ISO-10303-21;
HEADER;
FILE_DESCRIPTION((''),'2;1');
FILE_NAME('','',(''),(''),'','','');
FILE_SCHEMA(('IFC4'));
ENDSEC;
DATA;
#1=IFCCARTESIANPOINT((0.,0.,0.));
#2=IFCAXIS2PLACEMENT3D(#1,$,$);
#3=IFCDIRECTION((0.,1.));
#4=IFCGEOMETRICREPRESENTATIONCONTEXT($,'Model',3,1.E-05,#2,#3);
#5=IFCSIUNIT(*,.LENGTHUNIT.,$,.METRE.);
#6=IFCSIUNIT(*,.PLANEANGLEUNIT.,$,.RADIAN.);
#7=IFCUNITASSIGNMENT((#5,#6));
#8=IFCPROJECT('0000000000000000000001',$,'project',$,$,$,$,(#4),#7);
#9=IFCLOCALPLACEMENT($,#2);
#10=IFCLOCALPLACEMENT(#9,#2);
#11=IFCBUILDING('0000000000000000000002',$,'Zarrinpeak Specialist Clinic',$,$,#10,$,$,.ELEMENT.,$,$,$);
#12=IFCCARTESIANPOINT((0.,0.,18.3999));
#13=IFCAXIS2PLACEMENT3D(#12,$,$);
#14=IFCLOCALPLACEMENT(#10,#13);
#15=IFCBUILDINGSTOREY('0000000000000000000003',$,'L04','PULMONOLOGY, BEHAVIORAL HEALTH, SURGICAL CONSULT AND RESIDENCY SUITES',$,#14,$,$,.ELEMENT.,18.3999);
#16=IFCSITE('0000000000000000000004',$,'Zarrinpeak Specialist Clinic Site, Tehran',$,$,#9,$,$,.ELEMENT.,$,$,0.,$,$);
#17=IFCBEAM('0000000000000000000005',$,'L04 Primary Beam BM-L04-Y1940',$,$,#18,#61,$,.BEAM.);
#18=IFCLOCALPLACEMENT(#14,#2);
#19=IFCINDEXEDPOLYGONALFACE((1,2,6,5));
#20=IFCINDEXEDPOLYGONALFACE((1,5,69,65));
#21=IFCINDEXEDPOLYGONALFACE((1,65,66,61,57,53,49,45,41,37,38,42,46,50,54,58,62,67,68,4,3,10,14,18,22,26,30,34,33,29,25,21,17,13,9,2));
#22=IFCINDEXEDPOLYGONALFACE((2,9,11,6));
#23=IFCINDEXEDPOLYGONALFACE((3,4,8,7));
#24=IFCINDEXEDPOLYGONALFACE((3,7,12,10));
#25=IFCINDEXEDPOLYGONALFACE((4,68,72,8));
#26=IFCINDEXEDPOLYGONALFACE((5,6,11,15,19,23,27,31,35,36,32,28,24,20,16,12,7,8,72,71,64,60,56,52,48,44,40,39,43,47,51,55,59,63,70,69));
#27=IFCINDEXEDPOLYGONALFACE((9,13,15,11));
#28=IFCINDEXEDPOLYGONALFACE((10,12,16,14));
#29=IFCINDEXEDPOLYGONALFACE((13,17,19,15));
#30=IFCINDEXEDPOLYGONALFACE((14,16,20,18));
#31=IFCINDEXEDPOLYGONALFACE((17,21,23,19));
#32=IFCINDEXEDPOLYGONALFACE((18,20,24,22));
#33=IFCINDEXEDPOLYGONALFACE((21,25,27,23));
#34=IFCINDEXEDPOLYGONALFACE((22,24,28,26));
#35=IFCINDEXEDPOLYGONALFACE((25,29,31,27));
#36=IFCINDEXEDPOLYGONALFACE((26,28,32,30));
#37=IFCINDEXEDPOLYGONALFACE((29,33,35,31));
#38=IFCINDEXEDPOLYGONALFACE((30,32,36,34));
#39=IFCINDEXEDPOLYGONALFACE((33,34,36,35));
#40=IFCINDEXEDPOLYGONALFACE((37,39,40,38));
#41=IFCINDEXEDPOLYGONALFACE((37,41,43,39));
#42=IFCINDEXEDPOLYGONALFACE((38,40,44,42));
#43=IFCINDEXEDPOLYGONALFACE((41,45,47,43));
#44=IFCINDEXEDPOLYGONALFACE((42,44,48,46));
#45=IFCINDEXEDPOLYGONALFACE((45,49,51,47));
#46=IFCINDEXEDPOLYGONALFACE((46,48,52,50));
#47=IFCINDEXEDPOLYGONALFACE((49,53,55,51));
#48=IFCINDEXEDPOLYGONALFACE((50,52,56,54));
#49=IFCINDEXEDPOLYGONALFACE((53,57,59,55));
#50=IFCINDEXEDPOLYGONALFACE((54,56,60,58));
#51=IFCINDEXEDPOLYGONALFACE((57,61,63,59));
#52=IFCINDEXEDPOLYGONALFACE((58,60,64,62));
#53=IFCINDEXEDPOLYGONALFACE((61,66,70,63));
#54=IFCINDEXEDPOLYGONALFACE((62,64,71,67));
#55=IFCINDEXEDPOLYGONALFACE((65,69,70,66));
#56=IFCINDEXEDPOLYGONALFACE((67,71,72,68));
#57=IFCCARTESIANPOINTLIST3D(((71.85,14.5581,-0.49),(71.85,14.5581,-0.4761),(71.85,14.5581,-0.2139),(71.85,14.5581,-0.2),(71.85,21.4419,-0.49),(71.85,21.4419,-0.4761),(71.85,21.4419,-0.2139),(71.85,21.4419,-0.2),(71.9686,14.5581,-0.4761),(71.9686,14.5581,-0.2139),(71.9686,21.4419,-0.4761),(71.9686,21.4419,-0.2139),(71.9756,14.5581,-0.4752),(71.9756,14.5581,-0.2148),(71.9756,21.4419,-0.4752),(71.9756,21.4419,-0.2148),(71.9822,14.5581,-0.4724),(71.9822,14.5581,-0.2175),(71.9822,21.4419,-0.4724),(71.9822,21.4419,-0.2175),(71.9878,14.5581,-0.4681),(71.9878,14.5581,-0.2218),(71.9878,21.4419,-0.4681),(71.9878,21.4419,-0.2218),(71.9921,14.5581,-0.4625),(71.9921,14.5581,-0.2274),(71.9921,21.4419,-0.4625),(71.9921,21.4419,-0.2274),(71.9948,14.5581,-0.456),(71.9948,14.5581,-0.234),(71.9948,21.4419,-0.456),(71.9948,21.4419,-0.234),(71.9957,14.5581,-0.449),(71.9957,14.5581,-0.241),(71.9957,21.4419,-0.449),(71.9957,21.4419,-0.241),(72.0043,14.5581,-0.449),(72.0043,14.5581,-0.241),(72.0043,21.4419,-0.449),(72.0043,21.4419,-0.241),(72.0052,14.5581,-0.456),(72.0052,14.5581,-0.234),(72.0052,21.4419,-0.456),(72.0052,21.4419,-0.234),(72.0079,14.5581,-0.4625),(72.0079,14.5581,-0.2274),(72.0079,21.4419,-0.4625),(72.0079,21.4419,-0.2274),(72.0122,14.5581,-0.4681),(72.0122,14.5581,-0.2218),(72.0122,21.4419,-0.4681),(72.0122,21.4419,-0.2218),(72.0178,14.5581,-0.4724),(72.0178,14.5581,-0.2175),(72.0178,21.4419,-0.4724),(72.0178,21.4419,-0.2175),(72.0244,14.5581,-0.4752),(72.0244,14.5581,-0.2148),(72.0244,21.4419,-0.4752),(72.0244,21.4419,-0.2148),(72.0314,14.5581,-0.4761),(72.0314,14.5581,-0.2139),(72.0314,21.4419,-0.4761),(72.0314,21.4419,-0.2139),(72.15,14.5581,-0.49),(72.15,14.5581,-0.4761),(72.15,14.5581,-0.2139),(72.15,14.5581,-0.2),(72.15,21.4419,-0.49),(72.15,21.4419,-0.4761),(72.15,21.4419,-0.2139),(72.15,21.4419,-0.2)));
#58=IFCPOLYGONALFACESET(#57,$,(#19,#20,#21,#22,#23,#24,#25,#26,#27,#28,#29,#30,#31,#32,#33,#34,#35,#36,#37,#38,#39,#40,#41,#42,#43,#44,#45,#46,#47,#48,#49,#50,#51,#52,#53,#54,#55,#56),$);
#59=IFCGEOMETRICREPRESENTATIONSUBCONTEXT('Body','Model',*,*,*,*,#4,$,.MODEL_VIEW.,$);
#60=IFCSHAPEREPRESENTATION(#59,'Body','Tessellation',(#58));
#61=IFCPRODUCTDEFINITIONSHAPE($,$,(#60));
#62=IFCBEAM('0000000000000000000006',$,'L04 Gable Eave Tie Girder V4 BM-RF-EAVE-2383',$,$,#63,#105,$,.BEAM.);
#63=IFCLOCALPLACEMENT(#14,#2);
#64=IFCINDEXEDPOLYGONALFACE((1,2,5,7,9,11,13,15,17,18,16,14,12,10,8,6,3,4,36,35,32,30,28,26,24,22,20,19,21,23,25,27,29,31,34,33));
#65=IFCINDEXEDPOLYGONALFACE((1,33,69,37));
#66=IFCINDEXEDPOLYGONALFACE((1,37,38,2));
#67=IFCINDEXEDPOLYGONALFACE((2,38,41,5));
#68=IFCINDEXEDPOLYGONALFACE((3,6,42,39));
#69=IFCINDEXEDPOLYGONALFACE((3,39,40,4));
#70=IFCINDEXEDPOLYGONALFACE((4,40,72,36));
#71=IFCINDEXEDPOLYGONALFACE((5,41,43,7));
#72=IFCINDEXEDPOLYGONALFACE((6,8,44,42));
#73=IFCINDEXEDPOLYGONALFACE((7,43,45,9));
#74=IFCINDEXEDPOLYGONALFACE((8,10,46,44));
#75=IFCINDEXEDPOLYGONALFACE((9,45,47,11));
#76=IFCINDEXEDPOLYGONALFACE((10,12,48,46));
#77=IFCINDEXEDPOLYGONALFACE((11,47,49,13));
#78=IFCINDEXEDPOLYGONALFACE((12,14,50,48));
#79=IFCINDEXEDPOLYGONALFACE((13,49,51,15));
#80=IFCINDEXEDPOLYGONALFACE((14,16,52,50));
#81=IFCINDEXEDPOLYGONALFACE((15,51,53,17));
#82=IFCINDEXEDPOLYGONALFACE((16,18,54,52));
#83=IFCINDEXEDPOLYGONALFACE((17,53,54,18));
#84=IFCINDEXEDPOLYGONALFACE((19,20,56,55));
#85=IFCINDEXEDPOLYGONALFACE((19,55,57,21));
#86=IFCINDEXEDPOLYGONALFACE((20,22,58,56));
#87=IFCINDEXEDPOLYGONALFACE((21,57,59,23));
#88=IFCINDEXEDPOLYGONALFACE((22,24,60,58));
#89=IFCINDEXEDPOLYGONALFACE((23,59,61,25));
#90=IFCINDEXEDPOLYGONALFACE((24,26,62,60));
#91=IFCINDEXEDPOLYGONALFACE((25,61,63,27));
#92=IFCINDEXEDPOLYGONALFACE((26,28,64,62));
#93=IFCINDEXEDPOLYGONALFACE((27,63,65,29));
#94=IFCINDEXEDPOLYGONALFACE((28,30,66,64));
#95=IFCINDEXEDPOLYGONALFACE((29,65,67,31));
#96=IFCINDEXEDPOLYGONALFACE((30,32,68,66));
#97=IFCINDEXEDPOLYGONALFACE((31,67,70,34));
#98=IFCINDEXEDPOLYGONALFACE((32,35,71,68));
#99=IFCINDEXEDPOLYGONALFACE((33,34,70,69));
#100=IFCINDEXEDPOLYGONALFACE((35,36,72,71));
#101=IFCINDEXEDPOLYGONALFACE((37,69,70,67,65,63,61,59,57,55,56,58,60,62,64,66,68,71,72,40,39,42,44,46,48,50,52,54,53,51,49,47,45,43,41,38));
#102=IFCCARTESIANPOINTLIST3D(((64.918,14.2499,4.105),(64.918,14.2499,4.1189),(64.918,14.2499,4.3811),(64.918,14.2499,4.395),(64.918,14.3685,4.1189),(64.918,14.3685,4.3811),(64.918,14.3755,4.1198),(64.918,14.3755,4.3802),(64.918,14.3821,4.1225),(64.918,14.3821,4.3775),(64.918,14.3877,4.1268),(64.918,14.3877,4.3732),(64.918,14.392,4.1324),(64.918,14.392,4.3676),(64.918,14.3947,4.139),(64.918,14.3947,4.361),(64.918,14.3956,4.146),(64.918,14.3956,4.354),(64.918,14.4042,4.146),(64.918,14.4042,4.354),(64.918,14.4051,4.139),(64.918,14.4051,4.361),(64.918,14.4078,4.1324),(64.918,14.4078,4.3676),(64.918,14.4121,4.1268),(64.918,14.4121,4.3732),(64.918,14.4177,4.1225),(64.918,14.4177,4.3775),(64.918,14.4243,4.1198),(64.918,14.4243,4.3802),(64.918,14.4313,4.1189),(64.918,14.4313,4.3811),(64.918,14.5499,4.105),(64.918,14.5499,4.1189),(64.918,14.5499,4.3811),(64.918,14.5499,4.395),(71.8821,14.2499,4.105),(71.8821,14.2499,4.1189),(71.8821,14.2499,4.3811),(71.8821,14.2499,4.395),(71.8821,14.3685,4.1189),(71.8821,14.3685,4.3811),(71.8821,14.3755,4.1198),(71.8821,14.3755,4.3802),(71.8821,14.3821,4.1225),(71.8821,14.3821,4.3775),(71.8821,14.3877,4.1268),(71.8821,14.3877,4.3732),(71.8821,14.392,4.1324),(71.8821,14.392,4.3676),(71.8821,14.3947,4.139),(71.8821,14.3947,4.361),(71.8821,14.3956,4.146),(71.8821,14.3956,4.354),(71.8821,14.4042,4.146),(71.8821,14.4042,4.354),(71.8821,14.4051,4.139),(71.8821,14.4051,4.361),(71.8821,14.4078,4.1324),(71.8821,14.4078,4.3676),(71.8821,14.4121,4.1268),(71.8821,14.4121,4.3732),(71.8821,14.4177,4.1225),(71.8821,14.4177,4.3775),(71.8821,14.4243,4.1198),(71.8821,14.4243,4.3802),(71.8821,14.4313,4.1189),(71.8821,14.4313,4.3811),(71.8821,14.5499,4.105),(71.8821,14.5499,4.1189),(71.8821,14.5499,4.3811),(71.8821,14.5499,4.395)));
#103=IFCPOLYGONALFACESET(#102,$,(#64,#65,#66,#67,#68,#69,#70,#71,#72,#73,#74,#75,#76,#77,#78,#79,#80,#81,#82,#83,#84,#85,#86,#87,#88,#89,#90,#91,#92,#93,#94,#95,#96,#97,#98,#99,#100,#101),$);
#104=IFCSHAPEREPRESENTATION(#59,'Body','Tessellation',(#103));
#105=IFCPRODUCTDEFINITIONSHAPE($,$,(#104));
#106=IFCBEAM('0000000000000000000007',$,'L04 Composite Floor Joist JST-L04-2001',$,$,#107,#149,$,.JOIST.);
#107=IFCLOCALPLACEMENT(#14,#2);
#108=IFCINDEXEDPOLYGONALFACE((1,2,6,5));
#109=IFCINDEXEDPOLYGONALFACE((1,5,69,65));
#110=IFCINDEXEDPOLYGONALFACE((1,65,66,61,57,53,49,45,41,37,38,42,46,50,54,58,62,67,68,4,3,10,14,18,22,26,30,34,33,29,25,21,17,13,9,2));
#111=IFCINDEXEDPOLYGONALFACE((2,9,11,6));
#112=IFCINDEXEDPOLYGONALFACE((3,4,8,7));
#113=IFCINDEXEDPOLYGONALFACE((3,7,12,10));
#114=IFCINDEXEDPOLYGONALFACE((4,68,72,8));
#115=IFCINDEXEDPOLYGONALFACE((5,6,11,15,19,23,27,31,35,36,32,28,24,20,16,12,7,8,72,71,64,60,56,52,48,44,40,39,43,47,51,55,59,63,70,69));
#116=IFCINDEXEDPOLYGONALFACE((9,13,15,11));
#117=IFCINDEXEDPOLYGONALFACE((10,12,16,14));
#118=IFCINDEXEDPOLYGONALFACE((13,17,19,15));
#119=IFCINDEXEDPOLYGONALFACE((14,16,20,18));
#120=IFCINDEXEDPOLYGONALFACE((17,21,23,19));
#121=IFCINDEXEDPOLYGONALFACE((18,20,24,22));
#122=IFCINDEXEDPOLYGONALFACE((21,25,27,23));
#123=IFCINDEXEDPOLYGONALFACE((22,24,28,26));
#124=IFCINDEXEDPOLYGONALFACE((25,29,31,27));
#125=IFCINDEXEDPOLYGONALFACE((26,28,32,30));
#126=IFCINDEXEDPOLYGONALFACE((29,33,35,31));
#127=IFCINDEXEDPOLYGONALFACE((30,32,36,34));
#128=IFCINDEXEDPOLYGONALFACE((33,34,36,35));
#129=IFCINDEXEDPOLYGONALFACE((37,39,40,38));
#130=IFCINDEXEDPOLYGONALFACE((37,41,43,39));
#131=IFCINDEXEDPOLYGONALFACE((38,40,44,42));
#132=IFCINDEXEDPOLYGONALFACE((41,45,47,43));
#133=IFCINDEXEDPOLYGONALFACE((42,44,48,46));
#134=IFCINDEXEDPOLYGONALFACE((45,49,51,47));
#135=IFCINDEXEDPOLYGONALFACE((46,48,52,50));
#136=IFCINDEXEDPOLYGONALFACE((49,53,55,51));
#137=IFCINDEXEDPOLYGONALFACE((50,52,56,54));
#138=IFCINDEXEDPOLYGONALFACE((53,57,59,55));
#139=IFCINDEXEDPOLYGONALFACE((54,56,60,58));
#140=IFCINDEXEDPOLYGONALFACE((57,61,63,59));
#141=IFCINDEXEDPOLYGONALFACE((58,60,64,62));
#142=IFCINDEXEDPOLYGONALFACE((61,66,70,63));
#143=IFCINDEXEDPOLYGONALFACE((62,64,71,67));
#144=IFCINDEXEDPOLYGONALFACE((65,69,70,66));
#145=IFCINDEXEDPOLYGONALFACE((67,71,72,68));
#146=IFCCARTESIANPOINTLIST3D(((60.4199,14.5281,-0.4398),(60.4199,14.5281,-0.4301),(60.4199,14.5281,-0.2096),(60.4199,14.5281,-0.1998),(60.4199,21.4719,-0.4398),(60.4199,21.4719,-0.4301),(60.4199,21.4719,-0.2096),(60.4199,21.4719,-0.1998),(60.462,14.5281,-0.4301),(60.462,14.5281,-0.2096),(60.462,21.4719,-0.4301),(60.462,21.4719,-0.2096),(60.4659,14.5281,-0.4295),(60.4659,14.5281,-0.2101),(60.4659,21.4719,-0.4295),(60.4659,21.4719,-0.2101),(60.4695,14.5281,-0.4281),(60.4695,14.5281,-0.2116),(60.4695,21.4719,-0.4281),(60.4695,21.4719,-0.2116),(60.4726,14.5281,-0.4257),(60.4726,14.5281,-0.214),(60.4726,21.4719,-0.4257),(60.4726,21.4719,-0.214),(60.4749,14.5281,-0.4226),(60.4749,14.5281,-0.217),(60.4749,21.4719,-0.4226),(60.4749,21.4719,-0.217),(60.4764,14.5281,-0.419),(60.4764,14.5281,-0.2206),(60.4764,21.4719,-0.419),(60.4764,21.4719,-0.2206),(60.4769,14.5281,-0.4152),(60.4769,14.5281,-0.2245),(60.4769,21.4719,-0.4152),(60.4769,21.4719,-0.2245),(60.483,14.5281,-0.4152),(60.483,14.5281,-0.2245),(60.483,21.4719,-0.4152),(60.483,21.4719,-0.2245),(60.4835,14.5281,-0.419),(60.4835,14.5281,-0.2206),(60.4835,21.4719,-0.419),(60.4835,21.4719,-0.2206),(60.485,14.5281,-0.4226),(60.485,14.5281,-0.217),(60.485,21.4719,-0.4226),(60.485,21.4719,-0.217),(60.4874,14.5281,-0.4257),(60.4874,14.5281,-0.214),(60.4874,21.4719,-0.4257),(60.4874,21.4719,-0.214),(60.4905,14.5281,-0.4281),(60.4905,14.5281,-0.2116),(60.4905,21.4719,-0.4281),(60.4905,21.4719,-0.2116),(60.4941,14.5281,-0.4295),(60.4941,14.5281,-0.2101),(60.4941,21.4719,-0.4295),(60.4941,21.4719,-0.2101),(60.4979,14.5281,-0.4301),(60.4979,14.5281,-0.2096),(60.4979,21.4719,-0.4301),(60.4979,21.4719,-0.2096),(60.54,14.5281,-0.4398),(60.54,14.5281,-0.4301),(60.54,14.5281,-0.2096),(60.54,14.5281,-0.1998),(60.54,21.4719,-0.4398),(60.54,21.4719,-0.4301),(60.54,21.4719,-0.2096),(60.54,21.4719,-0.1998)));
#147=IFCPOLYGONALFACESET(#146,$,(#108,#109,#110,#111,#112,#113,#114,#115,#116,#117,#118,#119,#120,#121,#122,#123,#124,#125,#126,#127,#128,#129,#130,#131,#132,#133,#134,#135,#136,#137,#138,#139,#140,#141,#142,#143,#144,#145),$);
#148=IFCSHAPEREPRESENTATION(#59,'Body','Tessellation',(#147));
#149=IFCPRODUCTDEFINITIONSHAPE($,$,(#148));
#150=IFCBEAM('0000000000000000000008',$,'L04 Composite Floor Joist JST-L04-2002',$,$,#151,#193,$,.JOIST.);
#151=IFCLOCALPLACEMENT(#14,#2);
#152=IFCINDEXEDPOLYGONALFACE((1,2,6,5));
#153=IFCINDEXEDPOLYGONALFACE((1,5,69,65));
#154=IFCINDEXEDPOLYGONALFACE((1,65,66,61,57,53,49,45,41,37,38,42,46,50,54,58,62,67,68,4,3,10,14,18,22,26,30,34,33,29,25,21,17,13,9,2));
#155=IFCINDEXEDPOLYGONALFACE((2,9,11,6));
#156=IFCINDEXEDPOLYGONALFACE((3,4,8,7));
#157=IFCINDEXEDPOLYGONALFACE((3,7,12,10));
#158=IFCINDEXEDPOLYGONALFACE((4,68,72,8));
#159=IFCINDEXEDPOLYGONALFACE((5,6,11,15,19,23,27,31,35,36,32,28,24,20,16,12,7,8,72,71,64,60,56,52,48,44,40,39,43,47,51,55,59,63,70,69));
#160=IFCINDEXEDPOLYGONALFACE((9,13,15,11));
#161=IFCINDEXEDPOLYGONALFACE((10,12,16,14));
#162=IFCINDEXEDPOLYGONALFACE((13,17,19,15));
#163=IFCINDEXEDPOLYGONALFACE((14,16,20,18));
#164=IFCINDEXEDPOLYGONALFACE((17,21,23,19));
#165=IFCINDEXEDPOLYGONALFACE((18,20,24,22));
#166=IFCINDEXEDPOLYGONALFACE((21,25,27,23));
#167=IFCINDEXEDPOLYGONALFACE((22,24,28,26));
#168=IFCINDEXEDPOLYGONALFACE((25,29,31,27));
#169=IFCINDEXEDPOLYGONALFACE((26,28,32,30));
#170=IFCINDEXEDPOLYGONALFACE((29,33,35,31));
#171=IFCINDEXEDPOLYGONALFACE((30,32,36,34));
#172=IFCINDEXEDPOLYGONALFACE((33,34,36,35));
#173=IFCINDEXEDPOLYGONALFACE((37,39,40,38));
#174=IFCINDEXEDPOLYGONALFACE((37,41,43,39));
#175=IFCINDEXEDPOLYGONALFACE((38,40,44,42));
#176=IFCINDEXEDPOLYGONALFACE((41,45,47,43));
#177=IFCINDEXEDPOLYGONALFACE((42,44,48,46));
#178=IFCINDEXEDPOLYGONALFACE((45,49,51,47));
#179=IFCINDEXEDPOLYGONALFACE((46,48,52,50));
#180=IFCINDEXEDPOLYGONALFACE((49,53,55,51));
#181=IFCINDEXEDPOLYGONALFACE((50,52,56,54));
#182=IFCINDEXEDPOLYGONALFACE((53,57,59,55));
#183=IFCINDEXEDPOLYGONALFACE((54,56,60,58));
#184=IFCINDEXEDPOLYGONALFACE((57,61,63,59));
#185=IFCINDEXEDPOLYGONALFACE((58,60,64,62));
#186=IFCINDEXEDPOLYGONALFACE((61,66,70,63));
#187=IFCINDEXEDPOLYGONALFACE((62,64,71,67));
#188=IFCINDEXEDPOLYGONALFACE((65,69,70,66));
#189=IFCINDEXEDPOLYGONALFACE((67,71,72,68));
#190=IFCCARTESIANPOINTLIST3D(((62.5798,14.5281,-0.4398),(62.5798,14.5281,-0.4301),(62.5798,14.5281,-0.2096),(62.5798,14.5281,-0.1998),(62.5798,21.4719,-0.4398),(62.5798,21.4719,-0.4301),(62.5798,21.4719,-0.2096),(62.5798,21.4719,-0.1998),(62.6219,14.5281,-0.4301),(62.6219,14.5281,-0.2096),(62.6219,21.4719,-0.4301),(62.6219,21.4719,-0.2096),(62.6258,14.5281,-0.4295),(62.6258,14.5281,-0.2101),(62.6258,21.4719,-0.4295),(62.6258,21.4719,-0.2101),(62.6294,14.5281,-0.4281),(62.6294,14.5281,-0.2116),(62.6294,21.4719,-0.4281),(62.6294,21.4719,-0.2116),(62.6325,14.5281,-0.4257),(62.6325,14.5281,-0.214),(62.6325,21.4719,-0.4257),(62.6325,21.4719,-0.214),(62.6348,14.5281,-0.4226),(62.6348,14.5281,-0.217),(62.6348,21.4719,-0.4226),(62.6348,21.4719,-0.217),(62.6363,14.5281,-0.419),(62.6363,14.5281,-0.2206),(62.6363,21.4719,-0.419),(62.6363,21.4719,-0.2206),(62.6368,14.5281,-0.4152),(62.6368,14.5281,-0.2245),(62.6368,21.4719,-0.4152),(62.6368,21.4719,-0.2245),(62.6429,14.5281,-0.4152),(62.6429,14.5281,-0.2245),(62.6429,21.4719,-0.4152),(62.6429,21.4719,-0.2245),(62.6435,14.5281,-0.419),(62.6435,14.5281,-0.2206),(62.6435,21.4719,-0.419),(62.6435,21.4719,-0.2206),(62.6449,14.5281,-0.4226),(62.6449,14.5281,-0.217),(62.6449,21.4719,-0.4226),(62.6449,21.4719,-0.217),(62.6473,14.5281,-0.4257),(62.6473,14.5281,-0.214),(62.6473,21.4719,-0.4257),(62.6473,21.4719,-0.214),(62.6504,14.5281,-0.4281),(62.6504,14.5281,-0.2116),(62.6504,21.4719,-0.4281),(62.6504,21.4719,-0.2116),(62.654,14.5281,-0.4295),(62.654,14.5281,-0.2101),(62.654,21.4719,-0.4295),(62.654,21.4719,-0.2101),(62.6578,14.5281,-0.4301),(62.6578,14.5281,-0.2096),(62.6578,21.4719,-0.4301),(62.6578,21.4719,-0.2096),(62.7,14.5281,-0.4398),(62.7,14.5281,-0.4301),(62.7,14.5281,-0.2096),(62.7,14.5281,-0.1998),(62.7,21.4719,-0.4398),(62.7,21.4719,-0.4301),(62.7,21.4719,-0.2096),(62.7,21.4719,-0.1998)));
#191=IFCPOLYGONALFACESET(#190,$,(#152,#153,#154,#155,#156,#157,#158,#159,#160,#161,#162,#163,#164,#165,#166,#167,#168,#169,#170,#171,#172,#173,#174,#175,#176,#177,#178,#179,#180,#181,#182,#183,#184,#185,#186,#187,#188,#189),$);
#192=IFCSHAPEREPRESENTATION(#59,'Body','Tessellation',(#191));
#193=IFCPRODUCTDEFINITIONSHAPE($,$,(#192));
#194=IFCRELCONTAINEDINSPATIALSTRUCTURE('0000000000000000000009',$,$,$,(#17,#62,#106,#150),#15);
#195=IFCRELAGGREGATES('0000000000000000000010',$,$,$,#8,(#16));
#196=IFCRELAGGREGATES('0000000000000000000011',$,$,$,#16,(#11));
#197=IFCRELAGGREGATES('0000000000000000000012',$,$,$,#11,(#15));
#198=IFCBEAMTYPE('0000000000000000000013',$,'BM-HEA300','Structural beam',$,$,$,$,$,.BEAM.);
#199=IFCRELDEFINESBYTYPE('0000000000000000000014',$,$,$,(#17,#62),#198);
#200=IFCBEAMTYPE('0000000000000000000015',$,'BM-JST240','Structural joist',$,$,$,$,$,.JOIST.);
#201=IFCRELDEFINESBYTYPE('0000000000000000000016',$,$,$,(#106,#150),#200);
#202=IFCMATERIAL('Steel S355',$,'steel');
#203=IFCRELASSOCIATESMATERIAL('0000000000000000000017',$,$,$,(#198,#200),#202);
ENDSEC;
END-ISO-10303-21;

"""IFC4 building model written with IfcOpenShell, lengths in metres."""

from ifc_helpers import new_model, si_unit, direction, frame, origin, origin_2d, place, context, subcontext, project, spatial, i_section, extrude, material, material_profile, profile_set, type_object, element, save


model = new_model("IFC4")

# Units and contexts
model_context = context("Model", 3, precision=1e-05, world=origin(), true_north=direction((0.0, 1.0)))
body_context = subcontext(model_context, "Body", "Model", "MODEL_VIEW")
ifc_project = project(units=[si_unit("LENGTHUNIT", "METRE"), si_unit("PLANEANGLEUNIT", "RADIAN")], contexts=[model_context])

# Site, building, storey
site_placement = place(None, origin())
site = spatial("IfcSite", under=ifc_project, at=site_placement, Name="Zarrinpeak Specialist Clinic Site, Tehran", CompositionType="ELEMENT", RefElevation=0.0)
building_placement = place(site_placement, origin())
building = spatial("IfcBuilding", under=site, at=building_placement, Name="Zarrinpeak Specialist Clinic", CompositionType="ELEMENT")
storey_placement = place(building_placement, frame((0.0, 0.0, 18.3999)))
storey = spatial("IfcBuildingStorey", under=building, at=storey_placement, Name="L04", Description="PULMONOLOGY, BEHAVIORAL HEALTH, SURGICAL CONSULT AND RESIDENCY SUITES", CompositionType="ELEMENT", Elevation=18.3999)

# Shared definitions
ifc_material_1 = material(Name="Steel S355", Category="steel")

# Beams
ifc_material_profile_1 = material_profile(ifc_material_1, i_section(OverallWidth=0.3, OverallDepth=0.29, WebThickness=0.0085, FlangeThickness=0.0139, FilletRadius=0.0271, at=origin_2d()), Name="HEA 300")
ifc_profile_set_1 = profile_set([ifc_material_profile_1], Name="Steel S355")
beam_type_1 = type_object("IfcBeamType", Name="BM-HEA300", Description="Structural beam", PredefinedType="BEAM", material=ifc_profile_set_1)
for number, where, z_axis, x_axis, name in (
    (1, (72.0, 14.5581, -0.345), (0.0, 1.0, 0.0), (-1.0, 0.0, 0.0), "L04 Primary Beam BM-L04-Y1940"),
):
    element("IfcBeam", number, at=place(storey_placement, frame(where, z_axis=z_axis, x_axis=x_axis)), inside=storey, type_object=beam_type_1, Name=name, PredefinedType="BEAM", context=body_context, shape_type="SweptSolid", body=[
        extrude(i_section(OverallWidth=0.3, OverallDepth=0.29, WebThickness=0.0085, FlangeThickness=0.0139, FilletRadius=0.0271, at=origin_2d()), origin(), (0.0, 0.0, 1.0), 6.8838),
    ])
beam_1_placement = place(storey_placement, frame((64.918, 14.3999, 4.25), z_axis=(1.0, 0.0, 0.0), x_axis=(0.0, 1.0, 0.0)))
element("IfcBeam", 2, at=beam_1_placement, inside=storey, type_object=beam_type_1, Name="L04 Gable Eave Tie Girder V4 BM-RF-EAVE-2383", PredefinedType="BEAM", context=body_context, shape_type="SweptSolid", body=[
    extrude(i_section(OverallWidth=0.3, OverallDepth=0.29, WebThickness=0.0085, FlangeThickness=0.0139, FilletRadius=0.0271, at=origin_2d()), origin(), (0.0, 0.0, 1.0), 6.9641),
])
ifc_material_profile_2 = material_profile(ifc_material_1, i_section(OverallWidth=0.1201, OverallDepth=0.24, WebThickness=0.0061, FlangeThickness=0.0098, FilletRadius=0.0149, at=origin_2d()), Name="IPE 240")
ifc_profile_set_2 = profile_set([ifc_material_profile_2], Name="Steel S355")
beam_type_2 = type_object("IfcBeamType", Name="BM-JST240", Description="Structural joist", PredefinedType="JOIST", material=ifc_profile_set_2)
for number, where, z_axis, x_axis, name in (
    (3, (60.48, 14.5281, -0.3198), (0.0, 1.0, 0.0), (-1.0, 0.0, 0.0), "L04 Composite Floor Joist JST-L04-2001"),
    (4, (62.6399, 14.5281, -0.3198), (0.0, 1.0, 0.0), (-1.0, 0.0, 0.0), "L04 Composite Floor Joist JST-L04-2002"),
):
    element("IfcBeam", number, at=place(storey_placement, frame(where, z_axis=z_axis, x_axis=x_axis)), inside=storey, type_object=beam_type_2, Name=name, PredefinedType="JOIST", context=body_context, shape_type="SweptSolid", body=[
        extrude(i_section(OverallWidth=0.1201, OverallDepth=0.24, WebThickness=0.0061, FlangeThickness=0.0098, FilletRadius=0.0149, at=origin_2d()), origin(), (0.0, 0.0, 1.0), 6.9438),
    ])

save(model, "model.ifc")
